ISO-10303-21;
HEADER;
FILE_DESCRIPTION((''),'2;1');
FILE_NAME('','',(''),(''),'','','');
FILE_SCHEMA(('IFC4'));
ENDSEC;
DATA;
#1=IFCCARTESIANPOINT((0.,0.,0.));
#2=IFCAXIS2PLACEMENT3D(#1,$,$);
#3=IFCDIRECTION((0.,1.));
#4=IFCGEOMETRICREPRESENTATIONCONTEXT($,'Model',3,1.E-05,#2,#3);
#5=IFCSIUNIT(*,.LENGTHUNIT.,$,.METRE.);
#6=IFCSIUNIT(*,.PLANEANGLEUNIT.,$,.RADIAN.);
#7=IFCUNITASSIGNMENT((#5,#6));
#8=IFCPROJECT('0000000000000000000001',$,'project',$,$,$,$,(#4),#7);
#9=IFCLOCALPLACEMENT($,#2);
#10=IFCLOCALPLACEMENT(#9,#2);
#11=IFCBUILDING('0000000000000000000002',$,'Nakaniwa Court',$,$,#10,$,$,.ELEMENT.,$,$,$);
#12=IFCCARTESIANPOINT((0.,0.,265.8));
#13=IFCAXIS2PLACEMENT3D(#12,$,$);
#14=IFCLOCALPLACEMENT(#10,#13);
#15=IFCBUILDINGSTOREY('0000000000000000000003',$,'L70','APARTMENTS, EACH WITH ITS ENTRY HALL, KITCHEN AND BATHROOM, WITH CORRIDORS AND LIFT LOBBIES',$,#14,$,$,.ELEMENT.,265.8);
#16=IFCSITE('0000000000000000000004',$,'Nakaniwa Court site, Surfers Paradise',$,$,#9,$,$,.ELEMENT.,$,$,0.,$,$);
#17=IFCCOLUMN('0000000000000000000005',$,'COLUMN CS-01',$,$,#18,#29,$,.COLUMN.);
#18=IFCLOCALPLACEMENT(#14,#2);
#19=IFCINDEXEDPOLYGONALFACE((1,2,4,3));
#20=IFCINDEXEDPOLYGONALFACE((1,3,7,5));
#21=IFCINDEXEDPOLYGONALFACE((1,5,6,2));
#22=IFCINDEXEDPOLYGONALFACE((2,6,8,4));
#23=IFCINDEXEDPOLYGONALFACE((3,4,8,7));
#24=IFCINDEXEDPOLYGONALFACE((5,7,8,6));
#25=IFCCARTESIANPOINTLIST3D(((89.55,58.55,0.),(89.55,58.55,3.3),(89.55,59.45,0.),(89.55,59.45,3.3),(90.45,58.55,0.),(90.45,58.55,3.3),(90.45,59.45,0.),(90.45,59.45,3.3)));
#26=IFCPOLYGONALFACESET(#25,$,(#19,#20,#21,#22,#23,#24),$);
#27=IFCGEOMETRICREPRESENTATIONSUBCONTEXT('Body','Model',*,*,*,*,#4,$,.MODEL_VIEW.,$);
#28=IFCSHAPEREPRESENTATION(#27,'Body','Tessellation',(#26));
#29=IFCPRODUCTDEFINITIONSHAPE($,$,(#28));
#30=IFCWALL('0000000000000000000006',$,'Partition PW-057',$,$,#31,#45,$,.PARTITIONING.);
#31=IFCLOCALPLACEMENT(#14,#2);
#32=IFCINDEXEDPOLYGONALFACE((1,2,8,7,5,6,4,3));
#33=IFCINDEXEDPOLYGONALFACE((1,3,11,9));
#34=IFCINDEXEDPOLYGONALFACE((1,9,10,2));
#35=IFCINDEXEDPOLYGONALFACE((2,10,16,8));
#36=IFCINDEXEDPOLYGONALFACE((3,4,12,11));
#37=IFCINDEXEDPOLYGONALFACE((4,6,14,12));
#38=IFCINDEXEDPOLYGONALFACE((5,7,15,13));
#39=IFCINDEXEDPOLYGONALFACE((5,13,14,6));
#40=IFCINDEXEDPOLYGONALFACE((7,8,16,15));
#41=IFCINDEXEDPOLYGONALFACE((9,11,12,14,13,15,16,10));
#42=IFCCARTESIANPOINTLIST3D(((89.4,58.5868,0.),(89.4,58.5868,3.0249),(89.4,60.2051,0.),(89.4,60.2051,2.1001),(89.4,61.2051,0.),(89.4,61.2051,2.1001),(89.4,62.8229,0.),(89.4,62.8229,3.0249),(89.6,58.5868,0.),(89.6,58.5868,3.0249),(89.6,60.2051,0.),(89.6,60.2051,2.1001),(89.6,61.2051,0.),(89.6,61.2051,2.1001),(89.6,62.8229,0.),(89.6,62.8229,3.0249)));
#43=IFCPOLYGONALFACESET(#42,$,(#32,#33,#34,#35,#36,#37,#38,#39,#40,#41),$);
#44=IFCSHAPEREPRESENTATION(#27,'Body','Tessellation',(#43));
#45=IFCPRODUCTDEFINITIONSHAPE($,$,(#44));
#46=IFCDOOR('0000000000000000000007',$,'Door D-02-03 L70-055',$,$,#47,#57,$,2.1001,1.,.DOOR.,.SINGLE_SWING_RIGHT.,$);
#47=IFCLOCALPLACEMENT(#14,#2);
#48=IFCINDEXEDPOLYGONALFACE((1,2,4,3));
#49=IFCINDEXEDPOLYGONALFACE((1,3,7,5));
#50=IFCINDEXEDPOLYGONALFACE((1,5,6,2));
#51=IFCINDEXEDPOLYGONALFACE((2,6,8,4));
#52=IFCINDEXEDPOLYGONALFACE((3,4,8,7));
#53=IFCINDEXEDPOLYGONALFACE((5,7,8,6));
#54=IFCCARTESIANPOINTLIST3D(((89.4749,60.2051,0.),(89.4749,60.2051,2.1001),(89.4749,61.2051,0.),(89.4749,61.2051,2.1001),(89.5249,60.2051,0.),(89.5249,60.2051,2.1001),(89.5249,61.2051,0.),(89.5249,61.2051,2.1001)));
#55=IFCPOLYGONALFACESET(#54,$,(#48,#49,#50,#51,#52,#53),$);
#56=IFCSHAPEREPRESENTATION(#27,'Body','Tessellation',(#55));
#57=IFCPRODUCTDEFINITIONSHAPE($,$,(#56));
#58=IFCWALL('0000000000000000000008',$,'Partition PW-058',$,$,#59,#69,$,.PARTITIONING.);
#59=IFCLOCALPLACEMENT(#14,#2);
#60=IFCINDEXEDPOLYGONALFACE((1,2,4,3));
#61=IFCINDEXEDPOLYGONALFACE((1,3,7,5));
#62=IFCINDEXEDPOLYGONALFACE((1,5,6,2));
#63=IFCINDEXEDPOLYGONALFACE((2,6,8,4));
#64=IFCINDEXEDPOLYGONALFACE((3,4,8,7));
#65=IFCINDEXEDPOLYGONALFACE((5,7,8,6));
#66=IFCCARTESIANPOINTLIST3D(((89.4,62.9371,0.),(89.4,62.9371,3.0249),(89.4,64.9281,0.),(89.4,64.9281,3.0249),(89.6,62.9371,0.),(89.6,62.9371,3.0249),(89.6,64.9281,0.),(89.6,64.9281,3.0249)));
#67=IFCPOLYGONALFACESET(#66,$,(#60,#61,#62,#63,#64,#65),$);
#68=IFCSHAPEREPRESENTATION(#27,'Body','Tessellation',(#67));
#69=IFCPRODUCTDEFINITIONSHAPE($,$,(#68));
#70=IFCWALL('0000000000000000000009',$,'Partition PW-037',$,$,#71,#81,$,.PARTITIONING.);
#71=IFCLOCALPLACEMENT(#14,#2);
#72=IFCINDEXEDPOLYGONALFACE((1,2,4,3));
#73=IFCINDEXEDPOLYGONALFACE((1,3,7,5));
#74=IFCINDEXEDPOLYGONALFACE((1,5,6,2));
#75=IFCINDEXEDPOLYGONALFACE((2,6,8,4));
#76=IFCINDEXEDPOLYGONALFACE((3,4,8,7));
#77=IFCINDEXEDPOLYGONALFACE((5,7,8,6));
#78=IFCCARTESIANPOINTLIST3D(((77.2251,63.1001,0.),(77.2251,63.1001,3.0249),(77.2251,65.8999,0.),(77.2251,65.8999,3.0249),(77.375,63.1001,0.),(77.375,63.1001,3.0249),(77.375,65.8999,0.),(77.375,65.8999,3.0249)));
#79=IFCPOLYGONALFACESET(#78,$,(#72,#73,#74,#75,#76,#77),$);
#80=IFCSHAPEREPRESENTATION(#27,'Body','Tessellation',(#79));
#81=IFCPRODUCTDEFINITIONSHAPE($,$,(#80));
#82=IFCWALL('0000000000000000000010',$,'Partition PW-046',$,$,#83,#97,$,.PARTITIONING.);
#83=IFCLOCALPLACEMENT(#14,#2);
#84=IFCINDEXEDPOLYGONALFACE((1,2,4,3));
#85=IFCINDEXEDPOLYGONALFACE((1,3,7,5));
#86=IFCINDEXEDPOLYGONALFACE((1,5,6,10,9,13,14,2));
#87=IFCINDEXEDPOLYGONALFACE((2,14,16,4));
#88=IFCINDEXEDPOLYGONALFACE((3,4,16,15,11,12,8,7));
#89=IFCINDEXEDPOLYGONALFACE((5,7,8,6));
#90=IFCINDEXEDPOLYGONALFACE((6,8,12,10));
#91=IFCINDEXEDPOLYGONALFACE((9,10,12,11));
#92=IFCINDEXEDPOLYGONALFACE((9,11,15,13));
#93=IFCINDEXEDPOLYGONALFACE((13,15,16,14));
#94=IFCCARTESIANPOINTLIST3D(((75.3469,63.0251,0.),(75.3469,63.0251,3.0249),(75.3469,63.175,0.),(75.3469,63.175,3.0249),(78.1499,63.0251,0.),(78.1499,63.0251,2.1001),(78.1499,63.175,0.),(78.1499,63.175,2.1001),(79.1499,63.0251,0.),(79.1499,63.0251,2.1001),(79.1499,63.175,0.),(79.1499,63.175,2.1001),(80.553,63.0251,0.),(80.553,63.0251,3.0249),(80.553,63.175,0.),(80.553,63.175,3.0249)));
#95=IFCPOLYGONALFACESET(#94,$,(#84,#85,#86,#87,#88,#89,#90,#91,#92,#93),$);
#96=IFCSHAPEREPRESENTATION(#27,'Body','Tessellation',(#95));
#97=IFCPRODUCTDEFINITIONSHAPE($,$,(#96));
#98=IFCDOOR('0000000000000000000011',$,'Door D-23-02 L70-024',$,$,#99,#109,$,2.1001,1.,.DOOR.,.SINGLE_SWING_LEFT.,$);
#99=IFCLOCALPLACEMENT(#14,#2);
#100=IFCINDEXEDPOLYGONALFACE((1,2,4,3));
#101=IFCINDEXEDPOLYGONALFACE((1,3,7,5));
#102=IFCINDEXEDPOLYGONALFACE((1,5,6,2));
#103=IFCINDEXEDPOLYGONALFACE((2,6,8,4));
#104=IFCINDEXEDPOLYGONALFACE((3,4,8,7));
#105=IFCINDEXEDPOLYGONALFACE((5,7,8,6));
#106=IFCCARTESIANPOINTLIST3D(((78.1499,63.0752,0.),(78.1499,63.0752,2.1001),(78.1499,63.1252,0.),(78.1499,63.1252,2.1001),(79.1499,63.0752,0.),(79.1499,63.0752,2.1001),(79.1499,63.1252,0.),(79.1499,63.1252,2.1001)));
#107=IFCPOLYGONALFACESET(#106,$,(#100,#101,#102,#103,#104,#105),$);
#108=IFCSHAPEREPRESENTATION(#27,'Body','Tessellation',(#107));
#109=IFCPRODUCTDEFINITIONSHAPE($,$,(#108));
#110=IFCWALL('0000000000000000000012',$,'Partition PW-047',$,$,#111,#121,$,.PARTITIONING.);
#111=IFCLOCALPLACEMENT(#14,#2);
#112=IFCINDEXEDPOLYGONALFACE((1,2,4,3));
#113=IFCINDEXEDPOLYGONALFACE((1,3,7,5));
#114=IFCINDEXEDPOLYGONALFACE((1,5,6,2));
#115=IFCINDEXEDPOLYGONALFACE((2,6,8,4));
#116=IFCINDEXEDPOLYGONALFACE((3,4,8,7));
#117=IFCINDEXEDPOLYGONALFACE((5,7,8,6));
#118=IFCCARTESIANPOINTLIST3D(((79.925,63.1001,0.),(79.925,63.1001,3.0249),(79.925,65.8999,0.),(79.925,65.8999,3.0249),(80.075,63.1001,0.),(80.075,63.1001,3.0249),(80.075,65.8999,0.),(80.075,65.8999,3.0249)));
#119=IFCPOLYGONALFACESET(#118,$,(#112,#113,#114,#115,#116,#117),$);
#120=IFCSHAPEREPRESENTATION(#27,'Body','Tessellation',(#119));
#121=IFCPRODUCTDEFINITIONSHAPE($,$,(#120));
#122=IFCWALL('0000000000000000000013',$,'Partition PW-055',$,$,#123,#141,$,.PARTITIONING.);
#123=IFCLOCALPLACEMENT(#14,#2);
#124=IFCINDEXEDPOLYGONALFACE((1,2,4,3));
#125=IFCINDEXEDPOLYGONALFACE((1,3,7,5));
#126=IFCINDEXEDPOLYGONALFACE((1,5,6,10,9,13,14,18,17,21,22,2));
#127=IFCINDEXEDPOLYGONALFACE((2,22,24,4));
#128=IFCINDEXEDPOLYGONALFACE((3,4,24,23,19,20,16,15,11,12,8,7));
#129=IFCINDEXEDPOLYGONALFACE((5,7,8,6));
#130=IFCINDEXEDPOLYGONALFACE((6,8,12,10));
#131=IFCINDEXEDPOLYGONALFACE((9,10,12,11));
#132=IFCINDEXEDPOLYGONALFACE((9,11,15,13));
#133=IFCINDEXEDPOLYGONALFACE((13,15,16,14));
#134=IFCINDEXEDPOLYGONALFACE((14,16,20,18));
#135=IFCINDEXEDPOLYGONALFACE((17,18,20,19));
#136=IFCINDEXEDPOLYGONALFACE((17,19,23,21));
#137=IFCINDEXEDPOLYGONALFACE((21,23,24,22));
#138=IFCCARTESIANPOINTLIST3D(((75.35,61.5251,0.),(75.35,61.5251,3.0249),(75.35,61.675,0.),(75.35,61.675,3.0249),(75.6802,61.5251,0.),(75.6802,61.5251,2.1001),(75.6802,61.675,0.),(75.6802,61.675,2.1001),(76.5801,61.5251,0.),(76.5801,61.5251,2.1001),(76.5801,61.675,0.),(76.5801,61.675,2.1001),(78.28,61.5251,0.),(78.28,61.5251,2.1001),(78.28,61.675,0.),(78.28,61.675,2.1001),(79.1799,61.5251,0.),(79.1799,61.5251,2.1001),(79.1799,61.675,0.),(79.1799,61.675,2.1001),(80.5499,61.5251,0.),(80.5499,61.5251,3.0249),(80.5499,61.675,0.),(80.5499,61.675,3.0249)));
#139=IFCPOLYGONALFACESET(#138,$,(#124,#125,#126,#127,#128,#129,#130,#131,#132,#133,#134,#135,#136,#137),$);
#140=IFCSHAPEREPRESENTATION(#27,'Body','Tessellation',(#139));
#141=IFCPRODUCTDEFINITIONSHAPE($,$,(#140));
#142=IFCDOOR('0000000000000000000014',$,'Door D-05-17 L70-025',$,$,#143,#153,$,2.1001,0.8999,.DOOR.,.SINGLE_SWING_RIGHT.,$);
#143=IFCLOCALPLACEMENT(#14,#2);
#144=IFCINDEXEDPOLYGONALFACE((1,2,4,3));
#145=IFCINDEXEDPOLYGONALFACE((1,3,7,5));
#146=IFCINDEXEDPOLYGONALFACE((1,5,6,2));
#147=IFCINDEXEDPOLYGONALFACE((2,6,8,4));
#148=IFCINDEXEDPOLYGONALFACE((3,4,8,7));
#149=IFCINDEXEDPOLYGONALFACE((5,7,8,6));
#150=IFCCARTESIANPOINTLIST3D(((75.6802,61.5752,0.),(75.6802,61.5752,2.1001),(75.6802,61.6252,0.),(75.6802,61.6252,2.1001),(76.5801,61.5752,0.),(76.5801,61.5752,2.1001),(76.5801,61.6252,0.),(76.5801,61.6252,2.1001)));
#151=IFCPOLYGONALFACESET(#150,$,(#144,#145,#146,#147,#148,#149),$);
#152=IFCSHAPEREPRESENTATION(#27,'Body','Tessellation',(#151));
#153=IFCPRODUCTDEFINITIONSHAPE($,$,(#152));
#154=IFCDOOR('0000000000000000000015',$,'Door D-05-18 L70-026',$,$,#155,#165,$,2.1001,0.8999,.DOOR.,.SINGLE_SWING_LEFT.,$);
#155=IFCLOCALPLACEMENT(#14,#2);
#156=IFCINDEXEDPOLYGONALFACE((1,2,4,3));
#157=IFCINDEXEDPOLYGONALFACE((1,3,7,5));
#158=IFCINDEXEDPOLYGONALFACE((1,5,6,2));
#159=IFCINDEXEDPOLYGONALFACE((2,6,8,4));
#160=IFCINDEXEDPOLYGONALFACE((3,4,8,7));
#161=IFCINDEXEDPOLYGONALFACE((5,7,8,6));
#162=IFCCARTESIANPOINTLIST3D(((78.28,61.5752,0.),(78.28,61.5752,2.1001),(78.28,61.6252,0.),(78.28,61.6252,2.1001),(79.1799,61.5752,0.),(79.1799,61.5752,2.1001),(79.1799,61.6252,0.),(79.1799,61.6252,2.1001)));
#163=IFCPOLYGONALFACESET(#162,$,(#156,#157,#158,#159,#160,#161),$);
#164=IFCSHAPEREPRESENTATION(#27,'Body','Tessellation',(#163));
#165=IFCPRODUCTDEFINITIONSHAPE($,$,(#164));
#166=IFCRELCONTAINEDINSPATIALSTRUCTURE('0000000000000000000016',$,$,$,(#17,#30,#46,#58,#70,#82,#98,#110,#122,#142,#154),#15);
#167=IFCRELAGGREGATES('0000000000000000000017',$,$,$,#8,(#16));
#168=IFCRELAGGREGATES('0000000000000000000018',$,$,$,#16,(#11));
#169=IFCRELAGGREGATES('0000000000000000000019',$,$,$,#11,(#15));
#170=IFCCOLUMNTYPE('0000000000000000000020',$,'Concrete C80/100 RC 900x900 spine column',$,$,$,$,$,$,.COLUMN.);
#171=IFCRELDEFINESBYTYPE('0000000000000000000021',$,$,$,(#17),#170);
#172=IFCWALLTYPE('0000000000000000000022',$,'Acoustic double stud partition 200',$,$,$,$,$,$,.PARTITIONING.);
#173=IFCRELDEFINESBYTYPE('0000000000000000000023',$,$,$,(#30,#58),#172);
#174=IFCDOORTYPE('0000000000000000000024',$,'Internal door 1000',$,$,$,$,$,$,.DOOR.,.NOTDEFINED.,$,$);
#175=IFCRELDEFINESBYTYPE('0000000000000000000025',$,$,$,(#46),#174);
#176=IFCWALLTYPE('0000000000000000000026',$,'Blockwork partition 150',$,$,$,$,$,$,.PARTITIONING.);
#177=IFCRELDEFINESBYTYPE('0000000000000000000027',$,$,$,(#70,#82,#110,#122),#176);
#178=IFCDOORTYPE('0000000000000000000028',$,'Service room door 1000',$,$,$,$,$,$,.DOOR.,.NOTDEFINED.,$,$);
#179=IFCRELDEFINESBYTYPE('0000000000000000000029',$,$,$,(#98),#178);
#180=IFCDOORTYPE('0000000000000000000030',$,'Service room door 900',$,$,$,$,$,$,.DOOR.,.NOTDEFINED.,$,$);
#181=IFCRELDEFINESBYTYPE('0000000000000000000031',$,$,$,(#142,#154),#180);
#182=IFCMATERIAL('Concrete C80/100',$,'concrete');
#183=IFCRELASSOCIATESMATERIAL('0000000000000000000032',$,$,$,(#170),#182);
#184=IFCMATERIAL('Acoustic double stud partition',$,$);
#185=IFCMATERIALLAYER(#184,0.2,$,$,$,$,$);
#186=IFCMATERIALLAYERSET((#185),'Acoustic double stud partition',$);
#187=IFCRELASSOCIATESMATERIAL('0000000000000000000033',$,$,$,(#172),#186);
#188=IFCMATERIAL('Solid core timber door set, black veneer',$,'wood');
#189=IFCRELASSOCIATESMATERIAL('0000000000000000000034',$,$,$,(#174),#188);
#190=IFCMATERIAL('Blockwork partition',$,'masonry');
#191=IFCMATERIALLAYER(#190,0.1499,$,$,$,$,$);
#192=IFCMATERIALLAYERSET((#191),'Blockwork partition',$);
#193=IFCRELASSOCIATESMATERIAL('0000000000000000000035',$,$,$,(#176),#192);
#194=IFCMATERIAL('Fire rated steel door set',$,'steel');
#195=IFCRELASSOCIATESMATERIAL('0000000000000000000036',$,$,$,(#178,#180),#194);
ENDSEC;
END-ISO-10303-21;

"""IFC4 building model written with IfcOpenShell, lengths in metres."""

from ifc_helpers import new_model, si_unit, direction, frame, frame_2d, origin, origin_2d, place, context, subcontext, project, spatial, rectangle, extrude, material, layer, layer_set, material_profile, profile_set, type_object, element, fill, save


model = new_model("IFC4")

# Units and contexts
model_context = context("Model", 3, precision=1e-05, world=origin(), true_north=direction((0.0, 1.0)))
body_context = subcontext(model_context, "Body", "Model", "MODEL_VIEW")
ifc_project = project(units=[si_unit("LENGTHUNIT", "METRE"), si_unit("PLANEANGLEUNIT", "RADIAN")], contexts=[model_context])

# Site, building, storey
site_placement = place(None, origin())
site = spatial("IfcSite", under=ifc_project, at=site_placement, Name="Nakaniwa Court site, Surfers Paradise", CompositionType="ELEMENT", RefElevation=0.0)
building_placement = place(site_placement, origin())
building = spatial("IfcBuilding", under=site, at=building_placement, Name="Nakaniwa Court", CompositionType="ELEMENT")
storey_placement = place(building_placement, frame((0.0, 0.0, 265.8)))
storey = spatial("IfcBuildingStorey", under=building, at=storey_placement, Name="L70", Description="APARTMENTS, EACH WITH ITS ENTRY HALL, KITCHEN AND BATHROOM, WITH CORRIDORS AND LIFT LOBBIES", CompositionType="ELEMENT", Elevation=265.8)

# Column
ifc_material_1 = material(Name="Concrete C80/100", Category="concrete")
ifc_material_profile = material_profile(ifc_material_1, rectangle(XDim=0.8999, YDim=0.8999, at=origin_2d()), Name="Concrete C80/100 RC 900x900 spine column")
ifc_profile_set = profile_set([ifc_material_profile], Name="Concrete C80/100")
column_type = type_object("IfcColumnType", Name="Concrete C80/100 RC 900x900 spine column", PredefinedType="COLUMN", material=ifc_profile_set)
column_placement = place(storey_placement, frame((90.0, 59.0, 0.0), z_axis=(0.0, 0.0, 1.0), x_axis=(0.0, 1.0, 0.0)))
element("IfcColumn", 1, at=column_placement, inside=storey, type_object=column_type, Name="COLUMN CS-01", PredefinedType="COLUMN", context=body_context, shape_type="SweptSolid", body=[
    extrude(rectangle(XDim=0.8999, YDim=0.8999, at=origin_2d()), origin(), (0.0, 0.0, 1.0), 3.3),
])

# Wall, opening, door
ifc_material_2 = material(Name="Acoustic double stud partition")
ifc_layer_1 = layer(ifc_material_2, 0.2)
ifc_layer_set_1 = layer_set([ifc_layer_1], Name="Acoustic double stud partition")
wall_type_1 = type_object("IfcWallType", Name="Acoustic double stud partition 200", PredefinedType="PARTITIONING", material=ifc_layer_set_1)
wall_1_placement = place(storey_placement, frame((89.5, 62.823, 0.0), z_axis=(0.0, 0.0, 1.0), x_axis=(0.0, -1.0, 0.0)))
wall_1 = element("IfcWall", 2, at=wall_1_placement, inside=storey, type_object=wall_type_1, Name="Partition PW-057", PredefinedType="PARTITIONING", context=body_context, shape_type="SweptSolid", body=[
    extrude(rectangle(XDim=4.2361, YDim=0.2, at=frame_2d((2.1182, 0.0))), origin(), (0.0, 0.0, 1.0), 3.0249),
])
opening_1_placement = place(wall_1_placement, frame((1.6179, 0.0, 0.0)))
opening_1 = element("IfcOpeningElement", 3, at=opening_1_placement, cuts=wall_1, PredefinedType="OPENING", context=body_context, shape_type="SweptSolid", body=[
    extrude(rectangle(XDim=1.0, YDim=2.1001, at=frame_2d((0.5, 1.05))), frame((0.0, 0.1099, 0.0), z_axis=(0.0, -1.0, 0.0), x_axis=(1.0, 0.0, 0.0)), (0.0, 0.0, 1.0), 0.22),
])
ifc_material_3 = material(Name="Solid core timber door set, black veneer", Category="wood")
door_type_1 = type_object("IfcDoorType", Name="Internal door 1000", OperationType="NOTDEFINED", PredefinedType="DOOR", material=ifc_material_3)
door_1_placement = place(opening_1_placement, origin())
door_1 = element("IfcDoor", 4, at=door_1_placement, inside=storey, type_object=door_type_1, Name="Door D-02-03 L70-055", OperationType="SINGLE_SWING_RIGHT", OverallHeight=2.1001, OverallWidth=1.0, PredefinedType="DOOR", context=body_context, shape_type="SweptSolid", body=[
    extrude(rectangle(XDim=1.0, YDim=2.1001, at=frame_2d((0.5, 1.05))), frame((0.0, 0.0249, 0.0), z_axis=(0.0, -1.0, 0.0), x_axis=(1.0, 0.0, 0.0)), (0.0, 0.0, 1.0), 0.05),
])
fill(opening_1, door_1)

# Walls
wall_2_placement = place(storey_placement, frame((89.5, 62.937, 0.0), z_axis=(0.0, 0.0, 1.0), x_axis=(0.0, 1.0, 0.0)))
element("IfcWall", 5, at=wall_2_placement, inside=storey, type_object=wall_type_1, Name="Partition PW-058", PredefinedType="PARTITIONING", context=body_context, shape_type="SweptSolid", body=[
    extrude(rectangle(XDim=1.991, YDim=0.2, at=frame_2d((0.9956, 0.0))), origin(), (0.0, 0.0, 1.0), 3.0249),
])
ifc_material_4 = material(Name="Blockwork partition", Category="masonry")
ifc_layer_2 = layer(ifc_material_4, 0.1499)
ifc_layer_set_2 = layer_set([ifc_layer_2], Name="Blockwork partition")
wall_type_2 = type_object("IfcWallType", Name="Blockwork partition 150", PredefinedType="PARTITIONING", material=ifc_layer_set_2)
wall_3_placement = place(storey_placement, frame((77.3, 63.1001, 0.0), z_axis=(0.0, 0.0, 1.0), x_axis=(0.0, 1.0, 0.0)))
element("IfcWall", 6, at=wall_3_placement, inside=storey, type_object=wall_type_2, Name="Partition PW-037", PredefinedType="PARTITIONING", context=body_context, shape_type="SweptSolid", body=[
    extrude(rectangle(XDim=2.7998, YDim=0.1499, at=frame_2d((1.3999, 0.0))), origin(), (0.0, 0.0, 1.0), 3.0249),
])

# Wall, opening, door
wall_4_placement = place(storey_placement, frame((80.553, 63.1001, 0.0), z_axis=(0.0, 0.0, 1.0), x_axis=(-1.0, 0.0, 0.0)))
wall_4 = element("IfcWall", 7, at=wall_4_placement, inside=storey, type_object=wall_type_2, Name="Partition PW-046", PredefinedType="PARTITIONING", context=body_context, shape_type="SweptSolid", body=[
    extrude(rectangle(XDim=5.2061, YDim=0.1499, at=frame_2d((2.603, 0.0))), origin(), (0.0, 0.0, 1.0), 3.0249),
])
opening_2_placement = place(wall_4_placement, frame((1.4031, 0.0, 0.0)))
opening_2 = element("IfcOpeningElement", 8, at=opening_2_placement, cuts=wall_4, PredefinedType="OPENING", context=body_context, shape_type="SweptSolid", body=[
    extrude(rectangle(XDim=1.0, YDim=2.1001, at=frame_2d((0.5, 1.05))), frame((0.0, 0.085, 0.0), z_axis=(0.0, -1.0, 0.0), x_axis=(1.0, 0.0, 0.0)), (0.0, 0.0, 1.0), 0.1699),
])
ifc_material_5 = material(Name="Fire rated steel door set", Category="steel")
door_type_2 = type_object("IfcDoorType", Name="Service room door 1000", OperationType="NOTDEFINED", PredefinedType="DOOR", material=ifc_material_5)
door_2_placement = place(opening_2_placement, origin())
door_2 = element("IfcDoor", 9, at=door_2_placement, inside=storey, type_object=door_type_2, Name="Door D-23-02 L70-024", OperationType="SINGLE_SWING_LEFT", OverallHeight=2.1001, OverallWidth=1.0, PredefinedType="DOOR", context=body_context, shape_type="SweptSolid", body=[
    extrude(rectangle(XDim=1.0, YDim=2.1001, at=frame_2d((0.5, 1.05))), frame((0.0, 0.0249, 0.0), z_axis=(0.0, -1.0, 0.0), x_axis=(1.0, 0.0, 0.0)), (0.0, 0.0, 1.0), 0.05),
])
fill(opening_2, door_2)

# Wall
wall_5_placement = place(storey_placement, frame((80.0, 63.1001, 0.0), z_axis=(0.0, 0.0, 1.0), x_axis=(0.0, 1.0, 0.0)))
element("IfcWall", 10, at=wall_5_placement, inside=storey, type_object=wall_type_2, Name="Partition PW-047", PredefinedType="PARTITIONING", context=body_context, shape_type="SweptSolid", body=[
    extrude(rectangle(XDim=2.7998, YDim=0.1499, at=frame_2d((1.3999, 0.0))), origin(), (0.0, 0.0, 1.0), 3.0249),
])

# Wall, openings, doors
wall_6_placement = place(storey_placement, frame((80.55, 61.6001, 0.0), z_axis=(0.0, 0.0, 1.0), x_axis=(-1.0, 0.0, 0.0)))
wall_6 = element("IfcWall", 11, at=wall_6_placement, inside=storey, type_object=wall_type_2, Name="Partition PW-055", PredefinedType="PARTITIONING", context=body_context, shape_type="SweptSolid", body=[
    extrude(rectangle(XDim=5.2, YDim=0.1499, at=frame_2d((2.6001, 0.0))), origin(), (0.0, 0.0, 1.0), 3.0249),
])
opening_3_placement = place(wall_6_placement, frame((3.97, 0.0, 0.0)))
opening_3 = element("IfcOpeningElement", 12, at=opening_3_placement, cuts=wall_6, PredefinedType="OPENING", context=body_context, shape_type="SweptSolid", body=[
    extrude(rectangle(XDim=0.8999, YDim=2.1001, at=frame_2d((0.45, 1.05))), frame((0.0, 0.085, 0.0), z_axis=(0.0, -1.0, 0.0), x_axis=(1.0, 0.0, 0.0)), (0.0, 0.0, 1.0), 0.1699),
])
opening_4_placement = place(wall_6_placement, frame((1.3701, 0.0, 0.0)))
opening_4 = element("IfcOpeningElement", 13, at=opening_4_placement, cuts=wall_6, PredefinedType="OPENING", context=body_context, shape_type="SweptSolid", body=[
    extrude(rectangle(XDim=0.8999, YDim=2.1001, at=frame_2d((0.45, 1.05))), frame((0.0, 0.085, 0.0), z_axis=(0.0, -1.0, 0.0), x_axis=(1.0, 0.0, 0.0)), (0.0, 0.0, 1.0), 0.1699),
])
door_type_3 = type_object("IfcDoorType", Name="Service room door 900", OperationType="NOTDEFINED", PredefinedType="DOOR", material=ifc_material_5)
door_3_placement = place(opening_3_placement, origin())
door_3 = element("IfcDoor", 14, at=door_3_placement, inside=storey, type_object=door_type_3, Name="Door D-05-17 L70-025", OperationType="SINGLE_SWING_RIGHT", OverallHeight=2.1001, OverallWidth=0.8999, PredefinedType="DOOR", context=body_context, shape_type="SweptSolid", body=[
    extrude(rectangle(XDim=0.8999, YDim=2.1001, at=frame_2d((0.45, 1.05))), frame((0.0, 0.0249, 0.0), z_axis=(0.0, -1.0, 0.0), x_axis=(1.0, 0.0, 0.0)), (0.0, 0.0, 1.0), 0.05),
])
fill(opening_3, door_3)
door_4_placement = place(opening_4_placement, origin())
door_4 = element("IfcDoor", 15, at=door_4_placement, inside=storey, type_object=door_type_3, Name="Door D-05-18 L70-026", OperationType="SINGLE_SWING_LEFT", OverallHeight=2.1001, OverallWidth=0.8999, PredefinedType="DOOR", context=body_context, shape_type="SweptSolid", body=[
    extrude(rectangle(XDim=0.8999, YDim=2.1001, at=frame_2d((0.45, 1.05))), frame((0.0, 0.0249, 0.0), z_axis=(0.0, -1.0, 0.0), x_axis=(1.0, 0.0, 0.0)), (0.0, 0.0, 1.0), 0.05),
])
fill(opening_4, door_4)

save(model, "model.ifc")
